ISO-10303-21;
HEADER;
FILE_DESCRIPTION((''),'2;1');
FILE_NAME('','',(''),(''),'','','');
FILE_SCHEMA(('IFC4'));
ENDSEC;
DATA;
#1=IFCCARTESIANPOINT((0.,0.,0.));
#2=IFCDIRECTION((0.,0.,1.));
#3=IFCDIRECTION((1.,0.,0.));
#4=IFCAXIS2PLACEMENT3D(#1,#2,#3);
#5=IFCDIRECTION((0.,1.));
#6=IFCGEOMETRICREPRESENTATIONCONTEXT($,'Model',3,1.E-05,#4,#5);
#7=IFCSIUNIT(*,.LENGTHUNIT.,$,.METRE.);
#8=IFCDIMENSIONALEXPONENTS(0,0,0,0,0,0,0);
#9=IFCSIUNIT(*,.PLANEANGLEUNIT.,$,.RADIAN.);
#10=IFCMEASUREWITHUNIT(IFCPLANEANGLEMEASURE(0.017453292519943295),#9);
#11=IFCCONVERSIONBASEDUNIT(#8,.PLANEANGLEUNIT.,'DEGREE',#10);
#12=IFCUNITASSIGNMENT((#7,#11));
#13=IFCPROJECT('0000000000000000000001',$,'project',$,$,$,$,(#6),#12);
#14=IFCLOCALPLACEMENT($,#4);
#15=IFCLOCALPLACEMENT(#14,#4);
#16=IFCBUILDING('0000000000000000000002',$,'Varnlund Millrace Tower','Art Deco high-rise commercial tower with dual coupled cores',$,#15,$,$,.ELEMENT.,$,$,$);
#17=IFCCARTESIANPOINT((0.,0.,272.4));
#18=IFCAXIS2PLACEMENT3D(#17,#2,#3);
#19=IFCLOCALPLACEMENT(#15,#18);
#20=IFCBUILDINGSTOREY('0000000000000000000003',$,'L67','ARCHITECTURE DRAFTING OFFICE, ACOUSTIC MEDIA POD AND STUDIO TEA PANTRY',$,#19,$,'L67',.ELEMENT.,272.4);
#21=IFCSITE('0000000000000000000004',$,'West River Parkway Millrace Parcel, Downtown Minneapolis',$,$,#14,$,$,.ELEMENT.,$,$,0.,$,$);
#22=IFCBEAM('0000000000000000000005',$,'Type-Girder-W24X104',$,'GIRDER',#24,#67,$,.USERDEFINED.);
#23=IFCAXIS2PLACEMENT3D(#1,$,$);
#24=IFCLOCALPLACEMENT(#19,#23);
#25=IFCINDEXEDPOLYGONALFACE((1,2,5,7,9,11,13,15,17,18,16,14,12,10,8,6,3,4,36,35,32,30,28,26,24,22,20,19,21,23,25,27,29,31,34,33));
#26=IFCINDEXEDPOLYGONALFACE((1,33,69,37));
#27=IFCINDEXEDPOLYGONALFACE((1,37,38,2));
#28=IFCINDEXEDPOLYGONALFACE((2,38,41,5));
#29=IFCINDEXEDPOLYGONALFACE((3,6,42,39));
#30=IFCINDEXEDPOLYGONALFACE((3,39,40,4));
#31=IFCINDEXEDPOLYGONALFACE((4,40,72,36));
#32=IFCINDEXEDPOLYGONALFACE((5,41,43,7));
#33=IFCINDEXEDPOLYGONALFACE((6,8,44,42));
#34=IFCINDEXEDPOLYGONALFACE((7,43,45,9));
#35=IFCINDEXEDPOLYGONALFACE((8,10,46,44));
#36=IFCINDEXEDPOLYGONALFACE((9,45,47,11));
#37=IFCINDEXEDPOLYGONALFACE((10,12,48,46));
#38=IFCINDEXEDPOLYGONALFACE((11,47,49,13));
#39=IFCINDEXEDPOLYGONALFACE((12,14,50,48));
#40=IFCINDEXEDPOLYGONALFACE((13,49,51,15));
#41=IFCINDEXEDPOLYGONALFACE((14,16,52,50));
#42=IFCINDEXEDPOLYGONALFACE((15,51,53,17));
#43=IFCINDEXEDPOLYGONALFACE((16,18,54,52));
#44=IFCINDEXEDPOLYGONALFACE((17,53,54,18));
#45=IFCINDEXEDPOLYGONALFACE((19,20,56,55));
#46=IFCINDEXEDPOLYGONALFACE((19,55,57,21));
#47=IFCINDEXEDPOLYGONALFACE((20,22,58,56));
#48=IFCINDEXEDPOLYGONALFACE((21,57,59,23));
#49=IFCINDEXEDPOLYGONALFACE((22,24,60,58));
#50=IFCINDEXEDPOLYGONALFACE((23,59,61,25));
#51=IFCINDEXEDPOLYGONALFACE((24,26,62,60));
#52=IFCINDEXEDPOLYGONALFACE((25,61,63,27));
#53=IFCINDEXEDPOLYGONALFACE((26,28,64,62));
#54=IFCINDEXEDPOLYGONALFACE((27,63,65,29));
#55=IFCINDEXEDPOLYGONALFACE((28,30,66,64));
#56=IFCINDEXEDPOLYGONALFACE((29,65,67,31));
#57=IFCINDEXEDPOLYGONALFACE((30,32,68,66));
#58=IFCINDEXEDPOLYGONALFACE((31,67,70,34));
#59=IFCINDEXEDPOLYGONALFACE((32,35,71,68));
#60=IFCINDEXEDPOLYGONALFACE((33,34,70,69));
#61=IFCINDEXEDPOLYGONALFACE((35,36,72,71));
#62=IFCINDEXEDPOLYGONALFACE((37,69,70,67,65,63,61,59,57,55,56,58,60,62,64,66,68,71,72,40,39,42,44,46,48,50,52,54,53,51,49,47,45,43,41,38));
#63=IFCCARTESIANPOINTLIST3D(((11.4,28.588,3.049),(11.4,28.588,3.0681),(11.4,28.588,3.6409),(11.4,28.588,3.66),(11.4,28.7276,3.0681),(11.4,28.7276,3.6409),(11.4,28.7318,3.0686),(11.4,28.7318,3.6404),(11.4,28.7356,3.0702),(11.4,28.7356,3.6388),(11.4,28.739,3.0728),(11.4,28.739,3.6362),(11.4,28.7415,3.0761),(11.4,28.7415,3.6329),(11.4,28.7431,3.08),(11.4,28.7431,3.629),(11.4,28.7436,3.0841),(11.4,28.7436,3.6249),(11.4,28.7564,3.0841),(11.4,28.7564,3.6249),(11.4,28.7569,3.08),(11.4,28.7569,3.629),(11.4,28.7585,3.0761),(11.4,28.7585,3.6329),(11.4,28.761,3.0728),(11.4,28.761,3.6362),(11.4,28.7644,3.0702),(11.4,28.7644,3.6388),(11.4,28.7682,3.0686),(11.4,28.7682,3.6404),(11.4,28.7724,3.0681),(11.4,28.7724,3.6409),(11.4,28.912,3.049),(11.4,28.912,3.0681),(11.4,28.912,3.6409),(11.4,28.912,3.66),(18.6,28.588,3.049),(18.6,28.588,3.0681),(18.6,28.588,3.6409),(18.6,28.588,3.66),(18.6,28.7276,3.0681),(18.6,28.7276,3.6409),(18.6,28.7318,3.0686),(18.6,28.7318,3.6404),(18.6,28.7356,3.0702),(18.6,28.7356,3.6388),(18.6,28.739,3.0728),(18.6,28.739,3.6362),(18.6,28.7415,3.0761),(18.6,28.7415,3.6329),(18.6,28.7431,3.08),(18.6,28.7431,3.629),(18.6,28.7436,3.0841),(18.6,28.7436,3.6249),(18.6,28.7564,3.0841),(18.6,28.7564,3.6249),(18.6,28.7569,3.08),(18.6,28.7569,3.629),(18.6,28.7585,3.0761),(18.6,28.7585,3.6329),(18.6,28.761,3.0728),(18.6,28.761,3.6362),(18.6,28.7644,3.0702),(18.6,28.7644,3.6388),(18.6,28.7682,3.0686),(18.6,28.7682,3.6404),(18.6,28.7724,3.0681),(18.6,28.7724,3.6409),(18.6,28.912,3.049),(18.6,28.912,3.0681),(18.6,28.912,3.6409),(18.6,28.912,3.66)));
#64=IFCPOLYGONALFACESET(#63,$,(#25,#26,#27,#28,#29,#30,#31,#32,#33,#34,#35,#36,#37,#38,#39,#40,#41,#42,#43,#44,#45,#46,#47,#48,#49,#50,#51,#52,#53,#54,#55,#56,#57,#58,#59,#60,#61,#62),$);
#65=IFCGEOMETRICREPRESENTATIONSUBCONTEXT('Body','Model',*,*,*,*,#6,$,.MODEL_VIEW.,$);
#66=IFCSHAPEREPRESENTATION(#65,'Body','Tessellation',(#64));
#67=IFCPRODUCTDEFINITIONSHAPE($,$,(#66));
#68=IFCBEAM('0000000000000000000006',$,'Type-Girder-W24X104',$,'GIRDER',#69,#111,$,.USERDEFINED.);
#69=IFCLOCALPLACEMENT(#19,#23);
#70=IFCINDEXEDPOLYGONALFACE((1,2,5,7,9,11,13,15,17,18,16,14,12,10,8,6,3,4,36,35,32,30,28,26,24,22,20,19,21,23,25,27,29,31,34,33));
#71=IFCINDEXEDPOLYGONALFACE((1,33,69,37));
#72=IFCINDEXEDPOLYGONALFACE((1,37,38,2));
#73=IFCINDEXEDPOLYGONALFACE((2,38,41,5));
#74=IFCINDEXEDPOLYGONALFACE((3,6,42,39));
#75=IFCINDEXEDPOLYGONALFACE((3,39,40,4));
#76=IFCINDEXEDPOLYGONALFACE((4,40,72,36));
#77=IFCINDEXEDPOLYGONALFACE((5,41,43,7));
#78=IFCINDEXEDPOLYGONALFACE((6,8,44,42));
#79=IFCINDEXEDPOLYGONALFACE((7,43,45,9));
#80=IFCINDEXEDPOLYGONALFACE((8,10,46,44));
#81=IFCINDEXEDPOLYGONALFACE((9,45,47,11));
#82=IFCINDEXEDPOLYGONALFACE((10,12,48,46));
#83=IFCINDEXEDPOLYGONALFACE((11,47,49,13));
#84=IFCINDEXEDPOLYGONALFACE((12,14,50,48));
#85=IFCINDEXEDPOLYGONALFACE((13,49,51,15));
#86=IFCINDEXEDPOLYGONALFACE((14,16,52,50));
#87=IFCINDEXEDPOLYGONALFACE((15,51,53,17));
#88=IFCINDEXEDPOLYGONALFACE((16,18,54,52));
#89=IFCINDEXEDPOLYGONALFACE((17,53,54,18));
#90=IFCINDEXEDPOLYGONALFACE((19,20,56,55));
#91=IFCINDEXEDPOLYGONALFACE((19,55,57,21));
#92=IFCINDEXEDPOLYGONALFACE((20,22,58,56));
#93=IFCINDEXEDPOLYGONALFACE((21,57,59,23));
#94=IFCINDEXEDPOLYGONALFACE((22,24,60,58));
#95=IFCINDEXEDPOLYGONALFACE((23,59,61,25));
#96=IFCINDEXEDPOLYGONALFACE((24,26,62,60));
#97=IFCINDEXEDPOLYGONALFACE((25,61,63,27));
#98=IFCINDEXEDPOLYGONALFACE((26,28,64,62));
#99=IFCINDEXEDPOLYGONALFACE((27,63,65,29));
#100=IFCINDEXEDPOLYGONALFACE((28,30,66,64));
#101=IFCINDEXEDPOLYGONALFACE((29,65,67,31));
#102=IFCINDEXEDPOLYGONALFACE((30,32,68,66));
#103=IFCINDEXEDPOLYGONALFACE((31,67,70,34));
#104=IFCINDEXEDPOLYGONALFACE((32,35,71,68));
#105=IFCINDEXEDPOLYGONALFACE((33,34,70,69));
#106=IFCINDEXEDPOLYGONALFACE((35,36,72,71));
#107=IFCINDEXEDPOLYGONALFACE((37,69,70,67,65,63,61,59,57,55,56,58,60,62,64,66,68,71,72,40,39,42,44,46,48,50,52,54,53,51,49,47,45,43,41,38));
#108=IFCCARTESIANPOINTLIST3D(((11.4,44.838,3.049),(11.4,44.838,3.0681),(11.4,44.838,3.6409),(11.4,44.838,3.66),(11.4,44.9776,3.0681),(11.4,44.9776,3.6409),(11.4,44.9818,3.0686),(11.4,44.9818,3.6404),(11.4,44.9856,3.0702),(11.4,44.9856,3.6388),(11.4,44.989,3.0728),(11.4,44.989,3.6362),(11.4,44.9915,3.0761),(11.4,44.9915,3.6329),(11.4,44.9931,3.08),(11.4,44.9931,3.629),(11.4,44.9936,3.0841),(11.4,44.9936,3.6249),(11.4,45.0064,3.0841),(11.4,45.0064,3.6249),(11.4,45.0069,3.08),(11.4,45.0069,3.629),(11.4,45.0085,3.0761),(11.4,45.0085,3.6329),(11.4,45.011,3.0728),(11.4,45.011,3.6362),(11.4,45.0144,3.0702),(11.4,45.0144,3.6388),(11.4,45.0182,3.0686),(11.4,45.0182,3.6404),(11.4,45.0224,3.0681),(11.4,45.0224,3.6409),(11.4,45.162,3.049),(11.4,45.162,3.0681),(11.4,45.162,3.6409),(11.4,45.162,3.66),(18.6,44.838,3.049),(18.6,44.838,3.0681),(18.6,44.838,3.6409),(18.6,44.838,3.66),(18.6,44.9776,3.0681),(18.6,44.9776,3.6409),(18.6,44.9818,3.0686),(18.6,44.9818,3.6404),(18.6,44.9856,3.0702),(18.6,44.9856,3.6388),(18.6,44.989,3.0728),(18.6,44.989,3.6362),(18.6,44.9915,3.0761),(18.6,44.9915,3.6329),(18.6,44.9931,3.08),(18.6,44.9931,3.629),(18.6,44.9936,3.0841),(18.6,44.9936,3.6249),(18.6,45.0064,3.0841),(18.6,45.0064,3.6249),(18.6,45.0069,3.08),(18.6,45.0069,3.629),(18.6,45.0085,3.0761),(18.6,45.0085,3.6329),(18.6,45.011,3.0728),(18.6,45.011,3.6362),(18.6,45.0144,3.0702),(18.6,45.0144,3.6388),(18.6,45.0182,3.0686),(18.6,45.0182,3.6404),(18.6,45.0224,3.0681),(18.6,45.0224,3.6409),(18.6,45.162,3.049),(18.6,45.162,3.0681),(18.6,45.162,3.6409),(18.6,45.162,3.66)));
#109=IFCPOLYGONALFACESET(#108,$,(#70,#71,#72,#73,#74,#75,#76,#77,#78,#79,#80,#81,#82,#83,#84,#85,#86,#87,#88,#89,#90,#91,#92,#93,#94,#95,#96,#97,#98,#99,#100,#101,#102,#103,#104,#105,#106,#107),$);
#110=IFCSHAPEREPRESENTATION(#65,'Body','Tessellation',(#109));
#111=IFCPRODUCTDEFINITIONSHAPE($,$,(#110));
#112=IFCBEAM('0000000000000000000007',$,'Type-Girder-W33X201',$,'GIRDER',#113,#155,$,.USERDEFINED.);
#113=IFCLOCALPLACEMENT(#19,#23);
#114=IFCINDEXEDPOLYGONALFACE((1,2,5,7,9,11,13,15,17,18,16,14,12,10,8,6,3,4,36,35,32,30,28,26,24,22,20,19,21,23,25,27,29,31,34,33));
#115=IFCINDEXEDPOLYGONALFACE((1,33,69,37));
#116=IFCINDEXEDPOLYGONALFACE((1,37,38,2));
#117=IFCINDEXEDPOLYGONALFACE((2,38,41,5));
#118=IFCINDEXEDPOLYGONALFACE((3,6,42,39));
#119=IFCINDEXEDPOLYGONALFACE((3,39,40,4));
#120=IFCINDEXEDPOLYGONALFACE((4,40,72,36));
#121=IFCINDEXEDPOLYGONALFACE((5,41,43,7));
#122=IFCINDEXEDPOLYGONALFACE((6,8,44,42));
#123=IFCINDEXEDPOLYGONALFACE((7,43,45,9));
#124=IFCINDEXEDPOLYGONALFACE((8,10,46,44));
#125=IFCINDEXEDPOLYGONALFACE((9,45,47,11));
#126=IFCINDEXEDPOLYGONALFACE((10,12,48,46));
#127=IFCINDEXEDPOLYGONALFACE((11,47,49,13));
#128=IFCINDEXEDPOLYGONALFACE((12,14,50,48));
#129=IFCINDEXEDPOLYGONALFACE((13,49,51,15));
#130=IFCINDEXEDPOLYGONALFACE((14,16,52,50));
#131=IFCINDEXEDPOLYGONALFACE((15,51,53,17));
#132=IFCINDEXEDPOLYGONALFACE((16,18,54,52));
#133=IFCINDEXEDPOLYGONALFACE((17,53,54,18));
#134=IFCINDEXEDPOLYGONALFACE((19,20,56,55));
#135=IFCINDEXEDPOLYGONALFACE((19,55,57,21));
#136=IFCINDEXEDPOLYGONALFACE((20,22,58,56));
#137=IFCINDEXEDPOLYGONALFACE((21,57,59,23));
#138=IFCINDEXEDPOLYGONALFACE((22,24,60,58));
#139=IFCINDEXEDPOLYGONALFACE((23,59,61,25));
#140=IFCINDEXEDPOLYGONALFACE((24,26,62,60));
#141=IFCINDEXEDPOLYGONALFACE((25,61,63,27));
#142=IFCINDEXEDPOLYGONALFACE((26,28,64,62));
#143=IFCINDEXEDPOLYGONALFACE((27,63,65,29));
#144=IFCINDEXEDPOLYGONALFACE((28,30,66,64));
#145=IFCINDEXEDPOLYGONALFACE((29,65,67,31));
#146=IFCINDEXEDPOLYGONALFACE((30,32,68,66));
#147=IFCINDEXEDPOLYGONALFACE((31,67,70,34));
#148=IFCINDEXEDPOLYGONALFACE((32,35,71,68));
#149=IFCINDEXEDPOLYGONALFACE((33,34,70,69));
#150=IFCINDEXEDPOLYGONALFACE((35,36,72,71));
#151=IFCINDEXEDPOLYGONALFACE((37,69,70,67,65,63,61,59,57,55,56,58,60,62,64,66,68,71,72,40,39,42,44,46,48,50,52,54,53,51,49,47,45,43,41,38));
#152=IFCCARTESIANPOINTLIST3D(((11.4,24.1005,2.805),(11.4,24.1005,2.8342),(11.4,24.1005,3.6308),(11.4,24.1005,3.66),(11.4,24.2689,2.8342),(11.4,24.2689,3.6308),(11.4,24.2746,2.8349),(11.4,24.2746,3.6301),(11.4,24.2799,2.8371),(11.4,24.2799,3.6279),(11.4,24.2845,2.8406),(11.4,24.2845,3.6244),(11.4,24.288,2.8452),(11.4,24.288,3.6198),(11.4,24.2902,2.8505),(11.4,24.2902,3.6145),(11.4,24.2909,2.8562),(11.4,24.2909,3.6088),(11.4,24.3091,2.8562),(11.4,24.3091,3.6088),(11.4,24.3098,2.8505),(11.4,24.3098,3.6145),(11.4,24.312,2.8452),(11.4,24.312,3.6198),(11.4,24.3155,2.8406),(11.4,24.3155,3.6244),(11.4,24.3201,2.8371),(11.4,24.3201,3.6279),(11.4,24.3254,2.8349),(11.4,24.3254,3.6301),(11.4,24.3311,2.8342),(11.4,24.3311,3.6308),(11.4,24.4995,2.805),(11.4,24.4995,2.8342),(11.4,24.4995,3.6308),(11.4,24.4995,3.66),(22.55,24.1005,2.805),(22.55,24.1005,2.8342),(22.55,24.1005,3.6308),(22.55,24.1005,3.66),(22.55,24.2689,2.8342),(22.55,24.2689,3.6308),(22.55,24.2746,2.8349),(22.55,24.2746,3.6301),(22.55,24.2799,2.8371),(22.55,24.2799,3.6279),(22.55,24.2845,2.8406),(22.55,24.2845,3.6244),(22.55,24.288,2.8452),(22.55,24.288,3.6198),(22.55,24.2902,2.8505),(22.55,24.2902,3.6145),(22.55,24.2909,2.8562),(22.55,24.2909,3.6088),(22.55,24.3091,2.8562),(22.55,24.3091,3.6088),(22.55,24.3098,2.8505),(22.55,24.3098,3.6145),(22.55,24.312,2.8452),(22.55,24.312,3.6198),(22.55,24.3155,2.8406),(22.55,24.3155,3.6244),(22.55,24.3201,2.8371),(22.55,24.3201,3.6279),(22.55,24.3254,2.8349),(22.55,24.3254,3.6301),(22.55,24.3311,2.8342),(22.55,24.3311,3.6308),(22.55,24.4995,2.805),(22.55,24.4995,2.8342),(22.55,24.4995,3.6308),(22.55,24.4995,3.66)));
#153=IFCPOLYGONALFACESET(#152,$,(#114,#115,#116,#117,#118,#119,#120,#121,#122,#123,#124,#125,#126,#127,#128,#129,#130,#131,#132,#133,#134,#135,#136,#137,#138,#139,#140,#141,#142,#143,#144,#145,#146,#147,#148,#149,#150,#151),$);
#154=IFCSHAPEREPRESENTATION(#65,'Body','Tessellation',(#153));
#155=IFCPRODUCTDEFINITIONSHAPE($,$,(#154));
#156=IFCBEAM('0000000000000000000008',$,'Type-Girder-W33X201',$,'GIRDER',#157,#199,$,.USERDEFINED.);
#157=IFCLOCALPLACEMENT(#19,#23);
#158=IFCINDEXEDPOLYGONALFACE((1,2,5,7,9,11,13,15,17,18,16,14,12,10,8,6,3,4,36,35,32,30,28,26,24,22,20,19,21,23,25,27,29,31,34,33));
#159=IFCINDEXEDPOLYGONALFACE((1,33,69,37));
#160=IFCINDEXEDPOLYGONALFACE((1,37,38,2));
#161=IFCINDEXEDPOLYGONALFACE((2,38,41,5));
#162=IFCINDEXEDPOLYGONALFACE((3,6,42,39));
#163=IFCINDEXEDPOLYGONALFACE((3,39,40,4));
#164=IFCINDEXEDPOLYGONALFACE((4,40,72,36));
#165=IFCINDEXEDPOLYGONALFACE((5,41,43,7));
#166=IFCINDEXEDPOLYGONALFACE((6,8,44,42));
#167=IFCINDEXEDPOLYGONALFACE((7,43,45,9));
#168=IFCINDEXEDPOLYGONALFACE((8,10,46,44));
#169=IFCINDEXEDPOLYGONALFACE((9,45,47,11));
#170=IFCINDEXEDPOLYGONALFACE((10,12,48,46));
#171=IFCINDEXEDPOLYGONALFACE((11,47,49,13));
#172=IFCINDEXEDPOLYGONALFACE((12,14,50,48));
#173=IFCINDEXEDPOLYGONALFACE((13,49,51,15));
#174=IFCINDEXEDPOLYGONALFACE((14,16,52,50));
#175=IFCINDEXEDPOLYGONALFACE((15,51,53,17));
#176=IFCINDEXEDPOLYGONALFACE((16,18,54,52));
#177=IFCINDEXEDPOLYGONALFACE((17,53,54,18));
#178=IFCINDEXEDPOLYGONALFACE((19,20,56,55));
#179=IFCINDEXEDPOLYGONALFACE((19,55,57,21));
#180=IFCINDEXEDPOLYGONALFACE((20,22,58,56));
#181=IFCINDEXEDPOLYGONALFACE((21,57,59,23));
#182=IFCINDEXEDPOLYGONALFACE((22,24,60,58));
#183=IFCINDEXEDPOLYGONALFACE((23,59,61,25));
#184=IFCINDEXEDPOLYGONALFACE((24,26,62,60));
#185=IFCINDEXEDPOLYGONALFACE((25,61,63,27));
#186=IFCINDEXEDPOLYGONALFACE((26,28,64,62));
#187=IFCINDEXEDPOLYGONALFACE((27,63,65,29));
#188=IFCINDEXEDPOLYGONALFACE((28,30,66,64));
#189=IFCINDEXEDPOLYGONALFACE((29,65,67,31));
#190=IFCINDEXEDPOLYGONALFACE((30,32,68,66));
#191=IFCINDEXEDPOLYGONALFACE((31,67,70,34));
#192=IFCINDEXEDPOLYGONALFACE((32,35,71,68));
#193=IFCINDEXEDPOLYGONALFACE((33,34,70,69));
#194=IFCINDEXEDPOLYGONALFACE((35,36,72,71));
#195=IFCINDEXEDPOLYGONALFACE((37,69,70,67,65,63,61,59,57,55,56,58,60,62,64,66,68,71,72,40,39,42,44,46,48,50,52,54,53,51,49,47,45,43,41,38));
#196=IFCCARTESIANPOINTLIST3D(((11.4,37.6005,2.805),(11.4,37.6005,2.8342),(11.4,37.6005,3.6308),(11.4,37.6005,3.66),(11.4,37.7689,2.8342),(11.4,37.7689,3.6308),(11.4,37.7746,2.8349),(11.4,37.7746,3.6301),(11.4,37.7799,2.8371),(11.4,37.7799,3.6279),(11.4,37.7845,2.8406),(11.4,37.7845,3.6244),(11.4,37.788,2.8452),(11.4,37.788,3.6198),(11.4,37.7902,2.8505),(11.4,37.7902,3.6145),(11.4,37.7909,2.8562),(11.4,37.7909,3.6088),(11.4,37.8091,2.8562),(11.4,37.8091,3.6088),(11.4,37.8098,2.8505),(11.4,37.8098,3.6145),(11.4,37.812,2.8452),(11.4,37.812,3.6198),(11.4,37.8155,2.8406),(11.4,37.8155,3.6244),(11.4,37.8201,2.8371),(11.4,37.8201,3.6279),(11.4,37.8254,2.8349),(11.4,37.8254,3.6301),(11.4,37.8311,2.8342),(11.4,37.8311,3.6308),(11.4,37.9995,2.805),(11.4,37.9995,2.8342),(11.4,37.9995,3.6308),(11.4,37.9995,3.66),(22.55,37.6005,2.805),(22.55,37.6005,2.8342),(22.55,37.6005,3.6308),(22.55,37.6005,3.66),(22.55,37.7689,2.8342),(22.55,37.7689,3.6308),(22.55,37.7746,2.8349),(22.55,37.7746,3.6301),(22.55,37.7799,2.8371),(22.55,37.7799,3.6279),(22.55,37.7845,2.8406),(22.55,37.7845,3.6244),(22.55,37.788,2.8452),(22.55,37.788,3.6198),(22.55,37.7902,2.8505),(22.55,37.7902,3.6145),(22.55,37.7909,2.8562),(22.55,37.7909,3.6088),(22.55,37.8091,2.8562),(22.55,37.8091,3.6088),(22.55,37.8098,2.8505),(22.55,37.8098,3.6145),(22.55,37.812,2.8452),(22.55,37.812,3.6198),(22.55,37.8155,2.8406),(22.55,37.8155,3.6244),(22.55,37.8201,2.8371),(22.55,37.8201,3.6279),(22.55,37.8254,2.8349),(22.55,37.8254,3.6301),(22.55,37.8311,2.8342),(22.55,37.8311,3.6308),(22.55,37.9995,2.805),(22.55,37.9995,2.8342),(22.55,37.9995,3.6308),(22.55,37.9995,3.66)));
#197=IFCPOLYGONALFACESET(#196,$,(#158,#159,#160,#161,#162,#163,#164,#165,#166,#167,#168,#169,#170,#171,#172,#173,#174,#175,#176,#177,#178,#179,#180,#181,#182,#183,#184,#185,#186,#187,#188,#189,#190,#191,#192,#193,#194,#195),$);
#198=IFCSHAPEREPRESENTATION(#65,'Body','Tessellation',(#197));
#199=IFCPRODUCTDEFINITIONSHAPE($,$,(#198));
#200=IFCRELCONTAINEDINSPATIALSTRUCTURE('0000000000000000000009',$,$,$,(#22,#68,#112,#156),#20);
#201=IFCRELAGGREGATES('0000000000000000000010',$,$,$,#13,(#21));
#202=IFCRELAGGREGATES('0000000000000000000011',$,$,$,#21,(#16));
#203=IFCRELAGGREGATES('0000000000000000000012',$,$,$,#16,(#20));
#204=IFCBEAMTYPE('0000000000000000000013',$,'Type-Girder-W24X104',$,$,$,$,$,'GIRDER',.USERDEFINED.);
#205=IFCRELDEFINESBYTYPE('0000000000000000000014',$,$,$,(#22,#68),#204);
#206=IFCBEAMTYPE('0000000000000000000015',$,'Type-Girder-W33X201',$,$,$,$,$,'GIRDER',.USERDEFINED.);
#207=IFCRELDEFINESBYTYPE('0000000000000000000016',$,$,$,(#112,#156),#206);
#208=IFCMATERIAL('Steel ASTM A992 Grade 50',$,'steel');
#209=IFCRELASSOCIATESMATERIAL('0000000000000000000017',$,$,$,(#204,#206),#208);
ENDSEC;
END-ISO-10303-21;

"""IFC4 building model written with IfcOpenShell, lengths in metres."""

from ifc_helpers import new_model, entity, si_unit, converted_unit, direction, frame, origin_with_axes, origin_2d_with_axis, place, context, subcontext, project, spatial, i_section, extrude, material, material_profile, profile_set, type_object, element, save


model = new_model("IFC4")

# Units and contexts
model_context = context("Model", 3, precision=1e-05, world=origin_with_axes(), true_north=direction((0.0, 1.0)))
body_context = subcontext(model_context, "Body", "Model", "MODEL_VIEW")
ifc_project = project(units=[si_unit("LENGTHUNIT", "METRE"), converted_unit("PLANEANGLEUNIT", "DEGREE", entity("IfcPlaneAngleMeasure", 0.017453292519943295), si_unit("PLANEANGLEUNIT", "RADIAN"), dimensions=[0, 0, 0, 0, 0, 0, 0])], contexts=[model_context])

# Site, building, storey
site_placement = place(None, origin_with_axes())
site = spatial("IfcSite", under=ifc_project, at=site_placement, Name="West River Parkway Millrace Parcel, Downtown Minneapolis", CompositionType="ELEMENT", RefElevation=0.0)
building_placement = place(site_placement, origin_with_axes())
building = spatial("IfcBuilding", under=site, at=building_placement, Name="Varnlund Millrace Tower", Description="Art Deco high-rise commercial tower with dual coupled cores", CompositionType="ELEMENT")
storey_placement = place(building_placement, frame((0.0, 0.0, 272.4), z_axis=(0.0, 0.0, 1.0), x_axis=(1.0, 0.0, 0.0)))
storey = spatial("IfcBuildingStorey", under=building, at=storey_placement, Name="L67", Description="ARCHITECTURE DRAFTING OFFICE, ACOUSTIC MEDIA POD AND STUDIO TEA PANTRY", LongName="L67", CompositionType="ELEMENT", Elevation=272.4)

# Beams
ifc_material_1 = material(Name="Steel ASTM A992 Grade 50", Category="steel")
ifc_material_profile_1 = material_profile(ifc_material_1, i_section(OverallWidth=0.324, OverallDepth=0.611, WebThickness=0.0127, FlangeThickness=0.0191, FilletRadius=0.016, at=origin_2d_with_axis()), Name="Steel ASTM A992 Grade 50")
ifc_profile_set_1 = profile_set([ifc_material_profile_1], Name="Steel ASTM A992 Grade 50")
beam_type_1 = type_object("IfcBeamType", Name="Type-Girder-W24X104", ElementType="GIRDER", PredefinedType="USERDEFINED", material=ifc_profile_set_1)
for number, where, z_axis, x_axis, name in (
    (1, (11.4, 28.75, 3.3545), (1.0, 0.0, 0.0), (0.0, 1.0, 0.0), "Type-Girder-W24X104"),
    (2, (11.4, 45.0, 3.3545), (1.0, 0.0, 0.0), (0.0, 1.0, 0.0), "Type-Girder-W24X104"),
):
    element("IfcBeam", number, at=place(storey_placement, frame(where, z_axis=z_axis, x_axis=x_axis)), inside=storey, type_object=beam_type_1, Name=name, ObjectType="GIRDER", PredefinedType="USERDEFINED", context=body_context, shape_type="SweptSolid", body=[
        extrude(i_section(OverallWidth=0.324, OverallDepth=0.611, WebThickness=0.0127, FlangeThickness=0.0191, FilletRadius=0.016, at=origin_2d_with_axis()), origin_with_axes(), (0.0, 0.0, 1.0), 7.2),
    ])
ifc_material_profile_2 = material_profile(ifc_material_1, i_section(OverallWidth=0.399, OverallDepth=0.855, WebThickness=0.0182, FlangeThickness=0.0292, FilletRadius=0.022, at=origin_2d_with_axis()), Name="Steel ASTM A992 Grade 50")
ifc_profile_set_2 = profile_set([ifc_material_profile_2], Name="Steel ASTM A992 Grade 50")
beam_type_2 = type_object("IfcBeamType", Name="Type-Girder-W33X201", ElementType="GIRDER", PredefinedType="USERDEFINED", material=ifc_profile_set_2)
for number, where, z_axis, x_axis, name in (
    (3, (11.4, 24.3, 3.2325), (1.0, 0.0, 0.0), (0.0, 1.0, 0.0), "Type-Girder-W33X201"),
    (4, (11.4, 37.8, 3.2325), (1.0, 0.0, 0.0), (0.0, 1.0, 0.0), "Type-Girder-W33X201"),
):
    element("IfcBeam", number, at=place(storey_placement, frame(where, z_axis=z_axis, x_axis=x_axis)), inside=storey, type_object=beam_type_2, Name=name, ObjectType="GIRDER", PredefinedType="USERDEFINED", context=body_context, shape_type="SweptSolid", body=[
        extrude(i_section(OverallWidth=0.399, OverallDepth=0.855, WebThickness=0.0182, FlangeThickness=0.0292, FilletRadius=0.022, at=origin_2d_with_axis()), origin_with_axes(), (0.0, 0.0, 1.0), 11.15),
    ])

save(model, "model.ifc")
